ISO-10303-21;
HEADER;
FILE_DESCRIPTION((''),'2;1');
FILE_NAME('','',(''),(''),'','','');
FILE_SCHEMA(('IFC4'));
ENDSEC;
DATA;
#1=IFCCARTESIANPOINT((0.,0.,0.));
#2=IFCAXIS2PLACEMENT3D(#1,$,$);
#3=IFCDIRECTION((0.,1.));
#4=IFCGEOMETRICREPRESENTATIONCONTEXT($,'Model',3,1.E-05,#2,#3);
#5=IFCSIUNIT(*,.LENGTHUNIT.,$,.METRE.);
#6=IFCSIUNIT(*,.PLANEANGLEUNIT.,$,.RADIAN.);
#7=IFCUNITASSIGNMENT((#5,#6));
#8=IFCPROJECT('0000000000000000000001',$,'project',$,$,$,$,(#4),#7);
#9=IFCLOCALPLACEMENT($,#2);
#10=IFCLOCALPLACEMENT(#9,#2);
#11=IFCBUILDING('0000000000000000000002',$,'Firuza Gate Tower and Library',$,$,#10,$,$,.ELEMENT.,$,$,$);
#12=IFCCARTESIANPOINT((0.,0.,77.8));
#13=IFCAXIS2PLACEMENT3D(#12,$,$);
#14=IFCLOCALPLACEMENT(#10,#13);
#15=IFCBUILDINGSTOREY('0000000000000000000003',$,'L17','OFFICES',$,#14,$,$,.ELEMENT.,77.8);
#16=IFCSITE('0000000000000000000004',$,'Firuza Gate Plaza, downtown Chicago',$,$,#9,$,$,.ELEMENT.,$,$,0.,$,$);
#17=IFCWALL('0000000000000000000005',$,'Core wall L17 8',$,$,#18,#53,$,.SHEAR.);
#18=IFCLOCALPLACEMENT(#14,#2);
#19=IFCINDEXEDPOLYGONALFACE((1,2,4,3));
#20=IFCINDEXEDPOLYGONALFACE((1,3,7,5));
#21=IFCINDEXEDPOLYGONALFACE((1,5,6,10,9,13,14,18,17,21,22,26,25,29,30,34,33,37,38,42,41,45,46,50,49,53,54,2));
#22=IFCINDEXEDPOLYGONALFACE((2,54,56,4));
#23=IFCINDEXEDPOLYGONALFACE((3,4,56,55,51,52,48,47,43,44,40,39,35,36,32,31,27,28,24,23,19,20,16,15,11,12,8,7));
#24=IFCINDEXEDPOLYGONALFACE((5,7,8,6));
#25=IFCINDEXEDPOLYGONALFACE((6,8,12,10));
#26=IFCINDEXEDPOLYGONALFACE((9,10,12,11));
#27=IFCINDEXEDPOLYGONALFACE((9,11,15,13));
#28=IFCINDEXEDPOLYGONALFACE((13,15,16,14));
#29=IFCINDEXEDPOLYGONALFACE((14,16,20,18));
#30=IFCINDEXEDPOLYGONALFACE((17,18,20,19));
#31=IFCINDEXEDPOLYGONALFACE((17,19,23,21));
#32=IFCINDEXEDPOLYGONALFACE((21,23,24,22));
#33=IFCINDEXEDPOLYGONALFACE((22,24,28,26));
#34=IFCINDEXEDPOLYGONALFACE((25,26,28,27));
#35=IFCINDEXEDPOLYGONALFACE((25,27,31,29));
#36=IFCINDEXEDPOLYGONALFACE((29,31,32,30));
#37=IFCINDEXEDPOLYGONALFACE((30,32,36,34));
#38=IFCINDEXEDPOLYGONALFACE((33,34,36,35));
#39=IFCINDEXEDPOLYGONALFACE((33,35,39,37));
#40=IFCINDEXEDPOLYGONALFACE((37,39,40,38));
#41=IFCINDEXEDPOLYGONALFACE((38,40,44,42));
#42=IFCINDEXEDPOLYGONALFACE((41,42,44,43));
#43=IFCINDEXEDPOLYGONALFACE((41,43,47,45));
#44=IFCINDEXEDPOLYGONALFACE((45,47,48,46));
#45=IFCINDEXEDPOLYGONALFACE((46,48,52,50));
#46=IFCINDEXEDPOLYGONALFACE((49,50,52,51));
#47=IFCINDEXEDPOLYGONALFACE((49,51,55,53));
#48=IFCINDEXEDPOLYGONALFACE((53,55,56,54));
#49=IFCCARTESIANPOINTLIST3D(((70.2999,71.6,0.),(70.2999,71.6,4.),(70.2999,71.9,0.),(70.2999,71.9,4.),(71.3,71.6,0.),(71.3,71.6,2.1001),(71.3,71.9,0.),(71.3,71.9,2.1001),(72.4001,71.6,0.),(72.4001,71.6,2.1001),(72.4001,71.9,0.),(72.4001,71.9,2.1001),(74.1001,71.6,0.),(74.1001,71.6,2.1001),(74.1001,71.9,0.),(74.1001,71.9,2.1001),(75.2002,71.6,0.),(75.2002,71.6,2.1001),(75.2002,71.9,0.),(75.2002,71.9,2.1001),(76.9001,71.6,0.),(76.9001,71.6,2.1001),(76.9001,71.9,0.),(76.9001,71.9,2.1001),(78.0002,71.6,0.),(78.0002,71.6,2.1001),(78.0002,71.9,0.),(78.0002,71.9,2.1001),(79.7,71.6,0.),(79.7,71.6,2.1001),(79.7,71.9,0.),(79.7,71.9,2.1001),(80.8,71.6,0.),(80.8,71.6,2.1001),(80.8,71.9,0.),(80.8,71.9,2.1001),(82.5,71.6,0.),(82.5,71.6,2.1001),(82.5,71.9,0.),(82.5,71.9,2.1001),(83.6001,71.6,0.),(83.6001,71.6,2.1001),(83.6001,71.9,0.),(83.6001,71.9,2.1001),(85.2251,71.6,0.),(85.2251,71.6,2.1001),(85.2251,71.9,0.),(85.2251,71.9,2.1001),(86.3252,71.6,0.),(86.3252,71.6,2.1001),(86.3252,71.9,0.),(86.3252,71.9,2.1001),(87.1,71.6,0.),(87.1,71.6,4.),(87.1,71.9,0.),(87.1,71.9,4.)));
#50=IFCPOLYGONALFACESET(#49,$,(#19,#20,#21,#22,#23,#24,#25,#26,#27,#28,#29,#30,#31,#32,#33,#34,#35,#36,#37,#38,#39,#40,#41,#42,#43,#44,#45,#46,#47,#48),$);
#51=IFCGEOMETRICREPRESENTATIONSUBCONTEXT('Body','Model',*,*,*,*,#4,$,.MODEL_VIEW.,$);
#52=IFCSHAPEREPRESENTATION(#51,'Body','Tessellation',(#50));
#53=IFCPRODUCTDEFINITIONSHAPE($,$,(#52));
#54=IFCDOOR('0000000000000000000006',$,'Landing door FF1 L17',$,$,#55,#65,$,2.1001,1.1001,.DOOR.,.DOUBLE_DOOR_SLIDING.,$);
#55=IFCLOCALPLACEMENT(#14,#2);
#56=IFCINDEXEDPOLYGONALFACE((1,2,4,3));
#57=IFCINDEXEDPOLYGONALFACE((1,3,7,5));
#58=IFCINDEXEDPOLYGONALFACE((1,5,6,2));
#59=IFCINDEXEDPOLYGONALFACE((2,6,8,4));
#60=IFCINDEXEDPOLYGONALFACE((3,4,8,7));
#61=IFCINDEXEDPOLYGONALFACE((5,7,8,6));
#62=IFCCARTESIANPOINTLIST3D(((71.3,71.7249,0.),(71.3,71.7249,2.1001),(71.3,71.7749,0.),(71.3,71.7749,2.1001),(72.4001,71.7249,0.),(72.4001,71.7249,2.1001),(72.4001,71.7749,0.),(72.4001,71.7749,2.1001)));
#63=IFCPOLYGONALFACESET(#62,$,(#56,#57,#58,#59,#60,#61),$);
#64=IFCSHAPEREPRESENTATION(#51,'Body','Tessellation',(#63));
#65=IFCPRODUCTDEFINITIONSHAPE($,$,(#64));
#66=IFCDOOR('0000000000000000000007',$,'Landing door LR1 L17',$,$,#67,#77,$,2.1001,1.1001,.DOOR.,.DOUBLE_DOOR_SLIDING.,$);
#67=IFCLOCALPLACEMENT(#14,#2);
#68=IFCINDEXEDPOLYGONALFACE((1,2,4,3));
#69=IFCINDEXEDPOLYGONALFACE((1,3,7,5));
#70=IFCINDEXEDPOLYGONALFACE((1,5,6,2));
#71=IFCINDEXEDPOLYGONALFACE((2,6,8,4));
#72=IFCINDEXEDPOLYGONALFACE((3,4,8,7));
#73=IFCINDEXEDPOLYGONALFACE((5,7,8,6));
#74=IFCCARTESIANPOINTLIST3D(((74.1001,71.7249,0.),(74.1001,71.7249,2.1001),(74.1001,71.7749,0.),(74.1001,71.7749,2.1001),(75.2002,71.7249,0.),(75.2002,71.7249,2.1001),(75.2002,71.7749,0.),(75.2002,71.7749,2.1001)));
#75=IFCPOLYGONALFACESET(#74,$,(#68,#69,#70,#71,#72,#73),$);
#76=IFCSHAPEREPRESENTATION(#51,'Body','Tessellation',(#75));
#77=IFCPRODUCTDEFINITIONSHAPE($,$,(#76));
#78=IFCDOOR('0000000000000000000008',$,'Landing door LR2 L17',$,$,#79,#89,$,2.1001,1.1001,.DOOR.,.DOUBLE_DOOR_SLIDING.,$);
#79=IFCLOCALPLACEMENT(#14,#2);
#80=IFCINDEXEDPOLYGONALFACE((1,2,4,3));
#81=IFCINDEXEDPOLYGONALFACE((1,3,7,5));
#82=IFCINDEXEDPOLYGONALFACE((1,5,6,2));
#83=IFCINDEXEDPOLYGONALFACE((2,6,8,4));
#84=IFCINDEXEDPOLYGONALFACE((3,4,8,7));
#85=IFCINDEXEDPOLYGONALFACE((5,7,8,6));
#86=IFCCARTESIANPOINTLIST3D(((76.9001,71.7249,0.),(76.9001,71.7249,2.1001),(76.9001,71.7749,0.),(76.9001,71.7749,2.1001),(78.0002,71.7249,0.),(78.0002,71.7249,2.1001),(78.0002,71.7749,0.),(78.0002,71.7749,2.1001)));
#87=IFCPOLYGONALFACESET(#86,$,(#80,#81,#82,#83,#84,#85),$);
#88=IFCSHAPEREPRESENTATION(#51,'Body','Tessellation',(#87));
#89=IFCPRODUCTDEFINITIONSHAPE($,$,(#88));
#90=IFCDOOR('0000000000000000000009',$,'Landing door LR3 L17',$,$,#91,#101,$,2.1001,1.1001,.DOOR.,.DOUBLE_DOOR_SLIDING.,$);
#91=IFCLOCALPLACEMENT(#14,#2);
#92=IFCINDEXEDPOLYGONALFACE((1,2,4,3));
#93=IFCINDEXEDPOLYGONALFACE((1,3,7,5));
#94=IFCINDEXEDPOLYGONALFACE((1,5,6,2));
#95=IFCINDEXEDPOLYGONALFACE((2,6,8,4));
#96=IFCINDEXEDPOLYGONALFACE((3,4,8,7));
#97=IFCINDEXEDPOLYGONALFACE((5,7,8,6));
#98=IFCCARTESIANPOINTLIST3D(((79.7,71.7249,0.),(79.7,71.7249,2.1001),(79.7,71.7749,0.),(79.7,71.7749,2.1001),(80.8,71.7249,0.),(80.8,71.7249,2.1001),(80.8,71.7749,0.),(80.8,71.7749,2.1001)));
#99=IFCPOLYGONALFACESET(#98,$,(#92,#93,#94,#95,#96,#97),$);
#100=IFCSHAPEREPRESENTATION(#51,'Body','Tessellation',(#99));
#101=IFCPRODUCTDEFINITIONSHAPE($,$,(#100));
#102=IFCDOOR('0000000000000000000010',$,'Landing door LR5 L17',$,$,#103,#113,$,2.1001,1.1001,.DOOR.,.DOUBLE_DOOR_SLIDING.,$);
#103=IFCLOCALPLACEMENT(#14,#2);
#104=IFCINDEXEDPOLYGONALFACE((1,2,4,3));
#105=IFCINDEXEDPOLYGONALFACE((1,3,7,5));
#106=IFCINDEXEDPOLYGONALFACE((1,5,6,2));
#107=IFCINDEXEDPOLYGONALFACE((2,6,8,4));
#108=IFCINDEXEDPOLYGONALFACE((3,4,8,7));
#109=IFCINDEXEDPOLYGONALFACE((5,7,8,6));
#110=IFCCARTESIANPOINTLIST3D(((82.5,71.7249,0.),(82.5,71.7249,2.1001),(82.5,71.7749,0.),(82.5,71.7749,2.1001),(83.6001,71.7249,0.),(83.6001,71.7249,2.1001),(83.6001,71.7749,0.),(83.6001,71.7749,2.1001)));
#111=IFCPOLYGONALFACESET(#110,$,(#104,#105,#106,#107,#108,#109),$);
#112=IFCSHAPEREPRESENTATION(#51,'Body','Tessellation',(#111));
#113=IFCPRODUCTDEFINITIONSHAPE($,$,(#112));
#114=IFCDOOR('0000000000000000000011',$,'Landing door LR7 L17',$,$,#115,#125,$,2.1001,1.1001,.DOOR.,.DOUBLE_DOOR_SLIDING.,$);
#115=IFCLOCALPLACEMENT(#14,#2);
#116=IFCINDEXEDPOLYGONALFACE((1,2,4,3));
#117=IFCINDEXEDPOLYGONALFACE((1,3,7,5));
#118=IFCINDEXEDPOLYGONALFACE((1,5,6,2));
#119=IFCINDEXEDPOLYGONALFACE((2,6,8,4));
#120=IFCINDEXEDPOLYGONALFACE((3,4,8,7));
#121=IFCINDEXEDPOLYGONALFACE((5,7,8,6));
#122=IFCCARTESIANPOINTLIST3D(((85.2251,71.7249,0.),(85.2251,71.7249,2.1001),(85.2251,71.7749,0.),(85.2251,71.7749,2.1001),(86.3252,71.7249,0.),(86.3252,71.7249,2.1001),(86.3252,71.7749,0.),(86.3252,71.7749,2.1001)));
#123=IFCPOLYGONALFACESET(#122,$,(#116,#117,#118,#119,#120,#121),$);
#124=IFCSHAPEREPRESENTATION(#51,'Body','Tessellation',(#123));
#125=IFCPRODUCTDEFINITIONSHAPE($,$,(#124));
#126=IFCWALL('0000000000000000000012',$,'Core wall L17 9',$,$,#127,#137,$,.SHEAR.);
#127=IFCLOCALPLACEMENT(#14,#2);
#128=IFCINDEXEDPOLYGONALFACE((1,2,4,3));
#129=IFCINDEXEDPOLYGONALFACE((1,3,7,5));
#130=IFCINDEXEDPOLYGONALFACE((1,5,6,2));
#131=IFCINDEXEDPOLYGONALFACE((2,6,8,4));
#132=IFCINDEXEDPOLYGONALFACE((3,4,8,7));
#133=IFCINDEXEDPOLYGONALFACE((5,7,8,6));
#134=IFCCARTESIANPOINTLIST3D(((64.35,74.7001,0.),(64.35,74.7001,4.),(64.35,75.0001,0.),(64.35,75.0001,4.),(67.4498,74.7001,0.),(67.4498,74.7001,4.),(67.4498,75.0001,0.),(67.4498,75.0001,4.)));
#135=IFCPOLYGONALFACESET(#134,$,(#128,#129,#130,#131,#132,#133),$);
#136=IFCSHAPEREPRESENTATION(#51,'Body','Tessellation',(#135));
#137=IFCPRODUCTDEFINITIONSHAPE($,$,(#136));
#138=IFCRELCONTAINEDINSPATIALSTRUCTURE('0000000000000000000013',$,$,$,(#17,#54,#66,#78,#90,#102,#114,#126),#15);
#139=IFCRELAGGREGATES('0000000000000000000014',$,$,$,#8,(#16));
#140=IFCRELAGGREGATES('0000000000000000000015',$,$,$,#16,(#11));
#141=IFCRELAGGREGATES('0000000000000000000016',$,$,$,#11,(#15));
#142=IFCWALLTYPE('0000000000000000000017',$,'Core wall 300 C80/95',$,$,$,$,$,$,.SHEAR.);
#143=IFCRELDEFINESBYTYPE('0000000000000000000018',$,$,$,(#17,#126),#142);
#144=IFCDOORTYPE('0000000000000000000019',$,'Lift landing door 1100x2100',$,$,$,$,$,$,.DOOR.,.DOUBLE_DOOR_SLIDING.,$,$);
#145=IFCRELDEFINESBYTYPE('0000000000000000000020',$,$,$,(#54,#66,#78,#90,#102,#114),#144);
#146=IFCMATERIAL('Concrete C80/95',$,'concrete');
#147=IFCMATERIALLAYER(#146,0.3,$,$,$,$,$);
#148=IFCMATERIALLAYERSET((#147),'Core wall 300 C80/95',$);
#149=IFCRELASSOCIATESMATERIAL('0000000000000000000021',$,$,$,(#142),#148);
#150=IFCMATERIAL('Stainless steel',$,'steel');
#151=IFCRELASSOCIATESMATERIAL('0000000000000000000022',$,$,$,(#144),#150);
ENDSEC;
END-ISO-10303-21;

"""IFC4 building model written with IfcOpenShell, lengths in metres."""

from ifc_helpers import new_model, si_unit, direction, frame, frame_2d, origin, place, context, subcontext, project, spatial, rectangle, extrude, material, layer, layer_set, type_object, element, fill, save


model = new_model("IFC4")

# Units and contexts
model_context = context("Model", 3, precision=1e-05, world=origin(), true_north=direction((0.0, 1.0)))
body_context = subcontext(model_context, "Body", "Model", "MODEL_VIEW")
ifc_project = project(units=[si_unit("LENGTHUNIT", "METRE"), si_unit("PLANEANGLEUNIT", "RADIAN")], contexts=[model_context])

# Site, building, storey
site_placement = place(None, origin())
site = spatial("IfcSite", under=ifc_project, at=site_placement, Name="Firuza Gate Plaza, downtown Chicago", CompositionType="ELEMENT", RefElevation=0.0)
building_placement = place(site_placement, origin())
building = spatial("IfcBuilding", under=site, at=building_placement, Name="Firuza Gate Tower and Library", CompositionType="ELEMENT")
storey_placement = place(building_placement, frame((0.0, 0.0, 77.8)))
storey = spatial("IfcBuildingStorey", under=building, at=storey_placement, Name="L17", Description="OFFICES", CompositionType="ELEMENT", Elevation=77.8)

# Shared definitions
ifc_material_1 = material(Name="Concrete C80/95", Category="concrete")
ifc_layer_1 = layer(ifc_material_1, 0.3)
ifc_layer_set_1 = layer_set([ifc_layer_1], Name="Core wall 300 C80/95")
wall_type_1 = type_object("IfcWallType", Name="Core wall 300 C80/95", PredefinedType="SHEAR", material=ifc_layer_set_1)

# Wall, openings, doors
wall_1_placement = place(storey_placement, frame((70.3, 71.75, 0.0), z_axis=(0.0, 0.0, 1.0), x_axis=(1.0, 0.0, 0.0)))
wall_1 = element("IfcWall", 1, at=wall_1_placement, inside=storey, type_object=wall_type_1, Name="Core wall L17 8", PredefinedType="SHEAR", context=body_context, shape_type="SweptSolid", body=[
    extrude(rectangle(XDim=16.8, YDim=0.3, at=frame_2d((8.3999, 0.0))), origin(), (0.0, 0.0, 1.0), 4.0),
])
opening_1_placement = place(wall_1_placement, frame((1.0, 0.0, 0.0)))
opening_1 = element("IfcOpeningElement", 2, at=opening_1_placement, cuts=wall_1, PredefinedType="OPENING", context=body_context, shape_type="SweptSolid", body=[
    extrude(rectangle(XDim=1.1001, YDim=2.1001, at=frame_2d((0.55, 1.05))), frame((0.0, 0.1602, 0.0), z_axis=(0.0, -1.0, 0.0), x_axis=(1.0, 0.0, 0.0)), (0.0, 0.0, 1.0), 0.3201),
])
opening_2_placement = place(wall_1_placement, frame((3.8, 0.0, 0.0)))
opening_2 = element("IfcOpeningElement", 3, at=opening_2_placement, cuts=wall_1, PredefinedType="OPENING", context=body_context, shape_type="SweptSolid", body=[
    extrude(rectangle(XDim=1.1001, YDim=2.1001, at=frame_2d((0.55, 1.05))), frame((0.0, 0.1602, 0.0), z_axis=(0.0, -1.0, 0.0), x_axis=(1.0, 0.0, 0.0)), (0.0, 0.0, 1.0), 0.3201),
])
opening_3_placement = place(wall_1_placement, frame((6.6001, 0.0, 0.0)))
opening_3 = element("IfcOpeningElement", 4, at=opening_3_placement, cuts=wall_1, PredefinedType="OPENING", context=body_context, shape_type="SweptSolid", body=[
    extrude(rectangle(XDim=1.1001, YDim=2.1001, at=frame_2d((0.55, 1.05))), frame((0.0, 0.1602, 0.0), z_axis=(0.0, -1.0, 0.0), x_axis=(1.0, 0.0, 0.0)), (0.0, 0.0, 1.0), 0.3201),
])
opening_4_placement = place(wall_1_placement, frame((9.3999, 0.0, 0.0)))
opening_4 = element("IfcOpeningElement", 5, at=opening_4_placement, cuts=wall_1, PredefinedType="OPENING", context=body_context, shape_type="SweptSolid", body=[
    extrude(rectangle(XDim=1.1001, YDim=2.1001, at=frame_2d((0.55, 1.05))), frame((0.0, 0.1602, 0.0), z_axis=(0.0, -1.0, 0.0), x_axis=(1.0, 0.0, 0.0)), (0.0, 0.0, 1.0), 0.3201),
])
opening_5_placement = place(wall_1_placement, frame((12.2, 0.0, 0.0)))
opening_5 = element("IfcOpeningElement", 6, at=opening_5_placement, cuts=wall_1, PredefinedType="OPENING", context=body_context, shape_type="SweptSolid", body=[
    extrude(rectangle(XDim=1.1001, YDim=2.1001, at=frame_2d((0.55, 1.05))), frame((0.0, 0.1602, 0.0), z_axis=(0.0, -1.0, 0.0), x_axis=(1.0, 0.0, 0.0)), (0.0, 0.0, 1.0), 0.3201),
])
opening_6_placement = place(wall_1_placement, frame((14.925, 0.0, 0.0)))
opening_6 = element("IfcOpeningElement", 7, at=opening_6_placement, cuts=wall_1, PredefinedType="OPENING", context=body_context, shape_type="SweptSolid", body=[
    extrude(rectangle(XDim=1.1001, YDim=2.1001, at=frame_2d((0.55, 1.05))), frame((0.0, 0.1602, 0.0), z_axis=(0.0, -1.0, 0.0), x_axis=(1.0, 0.0, 0.0)), (0.0, 0.0, 1.0), 0.3201),
])
ifc_material_2 = material(Name="Stainless steel", Category="steel")
door_type_1 = type_object("IfcDoorType", Name="Lift landing door 1100x2100", OperationType="DOUBLE_DOOR_SLIDING", PredefinedType="DOOR", material=ifc_material_2)
door_1_placement = place(opening_1_placement, origin())
door_1 = element("IfcDoor", 8, at=door_1_placement, inside=storey, type_object=door_type_1, Name="Landing door FF1 L17", OperationType="DOUBLE_DOOR_SLIDING", OverallHeight=2.1001, OverallWidth=1.1001, PredefinedType="DOOR", context=body_context, shape_type="SweptSolid", body=[
    extrude(rectangle(XDim=1.1001, YDim=2.1001, at=frame_2d((0.55, 1.05))), frame((0.0, 0.0249, 0.0), z_axis=(0.0, -1.0, 0.0), x_axis=(1.0, 0.0, 0.0)), (0.0, 0.0, 1.0), 0.05),
])
fill(opening_1, door_1)
door_2_placement = place(opening_2_placement, origin())
door_2 = element("IfcDoor", 9, at=door_2_placement, inside=storey, type_object=door_type_1, Name="Landing door LR1 L17", OperationType="DOUBLE_DOOR_SLIDING", OverallHeight=2.1001, OverallWidth=1.1001, PredefinedType="DOOR", context=body_context, shape_type="SweptSolid", body=[
    extrude(rectangle(XDim=1.1001, YDim=2.1001, at=frame_2d((0.55, 1.05))), frame((0.0, 0.0249, 0.0), z_axis=(0.0, -1.0, 0.0), x_axis=(1.0, 0.0, 0.0)), (0.0, 0.0, 1.0), 0.05),
])
fill(opening_2, door_2)
door_3_placement = place(opening_3_placement, origin())
door_3 = element("IfcDoor", 10, at=door_3_placement, inside=storey, type_object=door_type_1, Name="Landing door LR2 L17", OperationType="DOUBLE_DOOR_SLIDING", OverallHeight=2.1001, OverallWidth=1.1001, PredefinedType="DOOR", context=body_context, shape_type="SweptSolid", body=[
    extrude(rectangle(XDim=1.1001, YDim=2.1001, at=frame_2d((0.55, 1.05))), frame((0.0, 0.0249, 0.0), z_axis=(0.0, -1.0, 0.0), x_axis=(1.0, 0.0, 0.0)), (0.0, 0.0, 1.0), 0.05),
])
fill(opening_3, door_3)
door_4_placement = place(opening_4_placement, origin())
door_4 = element("IfcDoor", 11, at=door_4_placement, inside=storey, type_object=door_type_1, Name="Landing door LR3 L17", OperationType="DOUBLE_DOOR_SLIDING", OverallHeight=2.1001, OverallWidth=1.1001, PredefinedType="DOOR", context=body_context, shape_type="SweptSolid", body=[
    extrude(rectangle(XDim=1.1001, YDim=2.1001, at=frame_2d((0.55, 1.05))), frame((0.0, 0.0249, 0.0), z_axis=(0.0, -1.0, 0.0), x_axis=(1.0, 0.0, 0.0)), (0.0, 0.0, 1.0), 0.05),
])
fill(opening_4, door_4)
door_5_placement = place(opening_5_placement, origin())
door_5 = element("IfcDoor", 12, at=door_5_placement, inside=storey, type_object=door_type_1, Name="Landing door LR5 L17", OperationType="DOUBLE_DOOR_SLIDING", OverallHeight=2.1001, OverallWidth=1.1001, PredefinedType="DOOR", context=body_context, shape_type="SweptSolid", body=[
    extrude(rectangle(XDim=1.1001, YDim=2.1001, at=frame_2d((0.55, 1.05))), frame((0.0, 0.0249, 0.0), z_axis=(0.0, -1.0, 0.0), x_axis=(1.0, 0.0, 0.0)), (0.0, 0.0, 1.0), 0.05),
])
fill(opening_5, door_5)
door_6_placement = place(opening_6_placement, origin())
door_6 = element("IfcDoor", 13, at=door_6_placement, inside=storey, type_object=door_type_1, Name="Landing door LR7 L17", OperationType="DOUBLE_DOOR_SLIDING", OverallHeight=2.1001, OverallWidth=1.1001, PredefinedType="DOOR", context=body_context, shape_type="SweptSolid", body=[
    extrude(rectangle(XDim=1.1001, YDim=2.1001, at=frame_2d((0.55, 1.05))), frame((0.0, 0.0249, 0.0), z_axis=(0.0, -1.0, 0.0), x_axis=(1.0, 0.0, 0.0)), (0.0, 0.0, 1.0), 0.05),
])
fill(opening_6, door_6)

# Wall
wall_2_placement = place(storey_placement, frame((64.3501, 74.8501, 0.0), z_axis=(0.0, 0.0, 1.0), x_axis=(1.0, 0.0, 0.0)))
element("IfcWall", 14, at=wall_2_placement, inside=storey, type_object=wall_type_1, Name="Core wall L17 9", PredefinedType="SHEAR", context=body_context, shape_type="SweptSolid", body=[
    extrude(rectangle(XDim=3.0999, YDim=0.3, at=frame_2d((1.5498, 0.0))), origin(), (0.0, 0.0, 1.0), 4.0),
])

save(model, "model.ifc")
